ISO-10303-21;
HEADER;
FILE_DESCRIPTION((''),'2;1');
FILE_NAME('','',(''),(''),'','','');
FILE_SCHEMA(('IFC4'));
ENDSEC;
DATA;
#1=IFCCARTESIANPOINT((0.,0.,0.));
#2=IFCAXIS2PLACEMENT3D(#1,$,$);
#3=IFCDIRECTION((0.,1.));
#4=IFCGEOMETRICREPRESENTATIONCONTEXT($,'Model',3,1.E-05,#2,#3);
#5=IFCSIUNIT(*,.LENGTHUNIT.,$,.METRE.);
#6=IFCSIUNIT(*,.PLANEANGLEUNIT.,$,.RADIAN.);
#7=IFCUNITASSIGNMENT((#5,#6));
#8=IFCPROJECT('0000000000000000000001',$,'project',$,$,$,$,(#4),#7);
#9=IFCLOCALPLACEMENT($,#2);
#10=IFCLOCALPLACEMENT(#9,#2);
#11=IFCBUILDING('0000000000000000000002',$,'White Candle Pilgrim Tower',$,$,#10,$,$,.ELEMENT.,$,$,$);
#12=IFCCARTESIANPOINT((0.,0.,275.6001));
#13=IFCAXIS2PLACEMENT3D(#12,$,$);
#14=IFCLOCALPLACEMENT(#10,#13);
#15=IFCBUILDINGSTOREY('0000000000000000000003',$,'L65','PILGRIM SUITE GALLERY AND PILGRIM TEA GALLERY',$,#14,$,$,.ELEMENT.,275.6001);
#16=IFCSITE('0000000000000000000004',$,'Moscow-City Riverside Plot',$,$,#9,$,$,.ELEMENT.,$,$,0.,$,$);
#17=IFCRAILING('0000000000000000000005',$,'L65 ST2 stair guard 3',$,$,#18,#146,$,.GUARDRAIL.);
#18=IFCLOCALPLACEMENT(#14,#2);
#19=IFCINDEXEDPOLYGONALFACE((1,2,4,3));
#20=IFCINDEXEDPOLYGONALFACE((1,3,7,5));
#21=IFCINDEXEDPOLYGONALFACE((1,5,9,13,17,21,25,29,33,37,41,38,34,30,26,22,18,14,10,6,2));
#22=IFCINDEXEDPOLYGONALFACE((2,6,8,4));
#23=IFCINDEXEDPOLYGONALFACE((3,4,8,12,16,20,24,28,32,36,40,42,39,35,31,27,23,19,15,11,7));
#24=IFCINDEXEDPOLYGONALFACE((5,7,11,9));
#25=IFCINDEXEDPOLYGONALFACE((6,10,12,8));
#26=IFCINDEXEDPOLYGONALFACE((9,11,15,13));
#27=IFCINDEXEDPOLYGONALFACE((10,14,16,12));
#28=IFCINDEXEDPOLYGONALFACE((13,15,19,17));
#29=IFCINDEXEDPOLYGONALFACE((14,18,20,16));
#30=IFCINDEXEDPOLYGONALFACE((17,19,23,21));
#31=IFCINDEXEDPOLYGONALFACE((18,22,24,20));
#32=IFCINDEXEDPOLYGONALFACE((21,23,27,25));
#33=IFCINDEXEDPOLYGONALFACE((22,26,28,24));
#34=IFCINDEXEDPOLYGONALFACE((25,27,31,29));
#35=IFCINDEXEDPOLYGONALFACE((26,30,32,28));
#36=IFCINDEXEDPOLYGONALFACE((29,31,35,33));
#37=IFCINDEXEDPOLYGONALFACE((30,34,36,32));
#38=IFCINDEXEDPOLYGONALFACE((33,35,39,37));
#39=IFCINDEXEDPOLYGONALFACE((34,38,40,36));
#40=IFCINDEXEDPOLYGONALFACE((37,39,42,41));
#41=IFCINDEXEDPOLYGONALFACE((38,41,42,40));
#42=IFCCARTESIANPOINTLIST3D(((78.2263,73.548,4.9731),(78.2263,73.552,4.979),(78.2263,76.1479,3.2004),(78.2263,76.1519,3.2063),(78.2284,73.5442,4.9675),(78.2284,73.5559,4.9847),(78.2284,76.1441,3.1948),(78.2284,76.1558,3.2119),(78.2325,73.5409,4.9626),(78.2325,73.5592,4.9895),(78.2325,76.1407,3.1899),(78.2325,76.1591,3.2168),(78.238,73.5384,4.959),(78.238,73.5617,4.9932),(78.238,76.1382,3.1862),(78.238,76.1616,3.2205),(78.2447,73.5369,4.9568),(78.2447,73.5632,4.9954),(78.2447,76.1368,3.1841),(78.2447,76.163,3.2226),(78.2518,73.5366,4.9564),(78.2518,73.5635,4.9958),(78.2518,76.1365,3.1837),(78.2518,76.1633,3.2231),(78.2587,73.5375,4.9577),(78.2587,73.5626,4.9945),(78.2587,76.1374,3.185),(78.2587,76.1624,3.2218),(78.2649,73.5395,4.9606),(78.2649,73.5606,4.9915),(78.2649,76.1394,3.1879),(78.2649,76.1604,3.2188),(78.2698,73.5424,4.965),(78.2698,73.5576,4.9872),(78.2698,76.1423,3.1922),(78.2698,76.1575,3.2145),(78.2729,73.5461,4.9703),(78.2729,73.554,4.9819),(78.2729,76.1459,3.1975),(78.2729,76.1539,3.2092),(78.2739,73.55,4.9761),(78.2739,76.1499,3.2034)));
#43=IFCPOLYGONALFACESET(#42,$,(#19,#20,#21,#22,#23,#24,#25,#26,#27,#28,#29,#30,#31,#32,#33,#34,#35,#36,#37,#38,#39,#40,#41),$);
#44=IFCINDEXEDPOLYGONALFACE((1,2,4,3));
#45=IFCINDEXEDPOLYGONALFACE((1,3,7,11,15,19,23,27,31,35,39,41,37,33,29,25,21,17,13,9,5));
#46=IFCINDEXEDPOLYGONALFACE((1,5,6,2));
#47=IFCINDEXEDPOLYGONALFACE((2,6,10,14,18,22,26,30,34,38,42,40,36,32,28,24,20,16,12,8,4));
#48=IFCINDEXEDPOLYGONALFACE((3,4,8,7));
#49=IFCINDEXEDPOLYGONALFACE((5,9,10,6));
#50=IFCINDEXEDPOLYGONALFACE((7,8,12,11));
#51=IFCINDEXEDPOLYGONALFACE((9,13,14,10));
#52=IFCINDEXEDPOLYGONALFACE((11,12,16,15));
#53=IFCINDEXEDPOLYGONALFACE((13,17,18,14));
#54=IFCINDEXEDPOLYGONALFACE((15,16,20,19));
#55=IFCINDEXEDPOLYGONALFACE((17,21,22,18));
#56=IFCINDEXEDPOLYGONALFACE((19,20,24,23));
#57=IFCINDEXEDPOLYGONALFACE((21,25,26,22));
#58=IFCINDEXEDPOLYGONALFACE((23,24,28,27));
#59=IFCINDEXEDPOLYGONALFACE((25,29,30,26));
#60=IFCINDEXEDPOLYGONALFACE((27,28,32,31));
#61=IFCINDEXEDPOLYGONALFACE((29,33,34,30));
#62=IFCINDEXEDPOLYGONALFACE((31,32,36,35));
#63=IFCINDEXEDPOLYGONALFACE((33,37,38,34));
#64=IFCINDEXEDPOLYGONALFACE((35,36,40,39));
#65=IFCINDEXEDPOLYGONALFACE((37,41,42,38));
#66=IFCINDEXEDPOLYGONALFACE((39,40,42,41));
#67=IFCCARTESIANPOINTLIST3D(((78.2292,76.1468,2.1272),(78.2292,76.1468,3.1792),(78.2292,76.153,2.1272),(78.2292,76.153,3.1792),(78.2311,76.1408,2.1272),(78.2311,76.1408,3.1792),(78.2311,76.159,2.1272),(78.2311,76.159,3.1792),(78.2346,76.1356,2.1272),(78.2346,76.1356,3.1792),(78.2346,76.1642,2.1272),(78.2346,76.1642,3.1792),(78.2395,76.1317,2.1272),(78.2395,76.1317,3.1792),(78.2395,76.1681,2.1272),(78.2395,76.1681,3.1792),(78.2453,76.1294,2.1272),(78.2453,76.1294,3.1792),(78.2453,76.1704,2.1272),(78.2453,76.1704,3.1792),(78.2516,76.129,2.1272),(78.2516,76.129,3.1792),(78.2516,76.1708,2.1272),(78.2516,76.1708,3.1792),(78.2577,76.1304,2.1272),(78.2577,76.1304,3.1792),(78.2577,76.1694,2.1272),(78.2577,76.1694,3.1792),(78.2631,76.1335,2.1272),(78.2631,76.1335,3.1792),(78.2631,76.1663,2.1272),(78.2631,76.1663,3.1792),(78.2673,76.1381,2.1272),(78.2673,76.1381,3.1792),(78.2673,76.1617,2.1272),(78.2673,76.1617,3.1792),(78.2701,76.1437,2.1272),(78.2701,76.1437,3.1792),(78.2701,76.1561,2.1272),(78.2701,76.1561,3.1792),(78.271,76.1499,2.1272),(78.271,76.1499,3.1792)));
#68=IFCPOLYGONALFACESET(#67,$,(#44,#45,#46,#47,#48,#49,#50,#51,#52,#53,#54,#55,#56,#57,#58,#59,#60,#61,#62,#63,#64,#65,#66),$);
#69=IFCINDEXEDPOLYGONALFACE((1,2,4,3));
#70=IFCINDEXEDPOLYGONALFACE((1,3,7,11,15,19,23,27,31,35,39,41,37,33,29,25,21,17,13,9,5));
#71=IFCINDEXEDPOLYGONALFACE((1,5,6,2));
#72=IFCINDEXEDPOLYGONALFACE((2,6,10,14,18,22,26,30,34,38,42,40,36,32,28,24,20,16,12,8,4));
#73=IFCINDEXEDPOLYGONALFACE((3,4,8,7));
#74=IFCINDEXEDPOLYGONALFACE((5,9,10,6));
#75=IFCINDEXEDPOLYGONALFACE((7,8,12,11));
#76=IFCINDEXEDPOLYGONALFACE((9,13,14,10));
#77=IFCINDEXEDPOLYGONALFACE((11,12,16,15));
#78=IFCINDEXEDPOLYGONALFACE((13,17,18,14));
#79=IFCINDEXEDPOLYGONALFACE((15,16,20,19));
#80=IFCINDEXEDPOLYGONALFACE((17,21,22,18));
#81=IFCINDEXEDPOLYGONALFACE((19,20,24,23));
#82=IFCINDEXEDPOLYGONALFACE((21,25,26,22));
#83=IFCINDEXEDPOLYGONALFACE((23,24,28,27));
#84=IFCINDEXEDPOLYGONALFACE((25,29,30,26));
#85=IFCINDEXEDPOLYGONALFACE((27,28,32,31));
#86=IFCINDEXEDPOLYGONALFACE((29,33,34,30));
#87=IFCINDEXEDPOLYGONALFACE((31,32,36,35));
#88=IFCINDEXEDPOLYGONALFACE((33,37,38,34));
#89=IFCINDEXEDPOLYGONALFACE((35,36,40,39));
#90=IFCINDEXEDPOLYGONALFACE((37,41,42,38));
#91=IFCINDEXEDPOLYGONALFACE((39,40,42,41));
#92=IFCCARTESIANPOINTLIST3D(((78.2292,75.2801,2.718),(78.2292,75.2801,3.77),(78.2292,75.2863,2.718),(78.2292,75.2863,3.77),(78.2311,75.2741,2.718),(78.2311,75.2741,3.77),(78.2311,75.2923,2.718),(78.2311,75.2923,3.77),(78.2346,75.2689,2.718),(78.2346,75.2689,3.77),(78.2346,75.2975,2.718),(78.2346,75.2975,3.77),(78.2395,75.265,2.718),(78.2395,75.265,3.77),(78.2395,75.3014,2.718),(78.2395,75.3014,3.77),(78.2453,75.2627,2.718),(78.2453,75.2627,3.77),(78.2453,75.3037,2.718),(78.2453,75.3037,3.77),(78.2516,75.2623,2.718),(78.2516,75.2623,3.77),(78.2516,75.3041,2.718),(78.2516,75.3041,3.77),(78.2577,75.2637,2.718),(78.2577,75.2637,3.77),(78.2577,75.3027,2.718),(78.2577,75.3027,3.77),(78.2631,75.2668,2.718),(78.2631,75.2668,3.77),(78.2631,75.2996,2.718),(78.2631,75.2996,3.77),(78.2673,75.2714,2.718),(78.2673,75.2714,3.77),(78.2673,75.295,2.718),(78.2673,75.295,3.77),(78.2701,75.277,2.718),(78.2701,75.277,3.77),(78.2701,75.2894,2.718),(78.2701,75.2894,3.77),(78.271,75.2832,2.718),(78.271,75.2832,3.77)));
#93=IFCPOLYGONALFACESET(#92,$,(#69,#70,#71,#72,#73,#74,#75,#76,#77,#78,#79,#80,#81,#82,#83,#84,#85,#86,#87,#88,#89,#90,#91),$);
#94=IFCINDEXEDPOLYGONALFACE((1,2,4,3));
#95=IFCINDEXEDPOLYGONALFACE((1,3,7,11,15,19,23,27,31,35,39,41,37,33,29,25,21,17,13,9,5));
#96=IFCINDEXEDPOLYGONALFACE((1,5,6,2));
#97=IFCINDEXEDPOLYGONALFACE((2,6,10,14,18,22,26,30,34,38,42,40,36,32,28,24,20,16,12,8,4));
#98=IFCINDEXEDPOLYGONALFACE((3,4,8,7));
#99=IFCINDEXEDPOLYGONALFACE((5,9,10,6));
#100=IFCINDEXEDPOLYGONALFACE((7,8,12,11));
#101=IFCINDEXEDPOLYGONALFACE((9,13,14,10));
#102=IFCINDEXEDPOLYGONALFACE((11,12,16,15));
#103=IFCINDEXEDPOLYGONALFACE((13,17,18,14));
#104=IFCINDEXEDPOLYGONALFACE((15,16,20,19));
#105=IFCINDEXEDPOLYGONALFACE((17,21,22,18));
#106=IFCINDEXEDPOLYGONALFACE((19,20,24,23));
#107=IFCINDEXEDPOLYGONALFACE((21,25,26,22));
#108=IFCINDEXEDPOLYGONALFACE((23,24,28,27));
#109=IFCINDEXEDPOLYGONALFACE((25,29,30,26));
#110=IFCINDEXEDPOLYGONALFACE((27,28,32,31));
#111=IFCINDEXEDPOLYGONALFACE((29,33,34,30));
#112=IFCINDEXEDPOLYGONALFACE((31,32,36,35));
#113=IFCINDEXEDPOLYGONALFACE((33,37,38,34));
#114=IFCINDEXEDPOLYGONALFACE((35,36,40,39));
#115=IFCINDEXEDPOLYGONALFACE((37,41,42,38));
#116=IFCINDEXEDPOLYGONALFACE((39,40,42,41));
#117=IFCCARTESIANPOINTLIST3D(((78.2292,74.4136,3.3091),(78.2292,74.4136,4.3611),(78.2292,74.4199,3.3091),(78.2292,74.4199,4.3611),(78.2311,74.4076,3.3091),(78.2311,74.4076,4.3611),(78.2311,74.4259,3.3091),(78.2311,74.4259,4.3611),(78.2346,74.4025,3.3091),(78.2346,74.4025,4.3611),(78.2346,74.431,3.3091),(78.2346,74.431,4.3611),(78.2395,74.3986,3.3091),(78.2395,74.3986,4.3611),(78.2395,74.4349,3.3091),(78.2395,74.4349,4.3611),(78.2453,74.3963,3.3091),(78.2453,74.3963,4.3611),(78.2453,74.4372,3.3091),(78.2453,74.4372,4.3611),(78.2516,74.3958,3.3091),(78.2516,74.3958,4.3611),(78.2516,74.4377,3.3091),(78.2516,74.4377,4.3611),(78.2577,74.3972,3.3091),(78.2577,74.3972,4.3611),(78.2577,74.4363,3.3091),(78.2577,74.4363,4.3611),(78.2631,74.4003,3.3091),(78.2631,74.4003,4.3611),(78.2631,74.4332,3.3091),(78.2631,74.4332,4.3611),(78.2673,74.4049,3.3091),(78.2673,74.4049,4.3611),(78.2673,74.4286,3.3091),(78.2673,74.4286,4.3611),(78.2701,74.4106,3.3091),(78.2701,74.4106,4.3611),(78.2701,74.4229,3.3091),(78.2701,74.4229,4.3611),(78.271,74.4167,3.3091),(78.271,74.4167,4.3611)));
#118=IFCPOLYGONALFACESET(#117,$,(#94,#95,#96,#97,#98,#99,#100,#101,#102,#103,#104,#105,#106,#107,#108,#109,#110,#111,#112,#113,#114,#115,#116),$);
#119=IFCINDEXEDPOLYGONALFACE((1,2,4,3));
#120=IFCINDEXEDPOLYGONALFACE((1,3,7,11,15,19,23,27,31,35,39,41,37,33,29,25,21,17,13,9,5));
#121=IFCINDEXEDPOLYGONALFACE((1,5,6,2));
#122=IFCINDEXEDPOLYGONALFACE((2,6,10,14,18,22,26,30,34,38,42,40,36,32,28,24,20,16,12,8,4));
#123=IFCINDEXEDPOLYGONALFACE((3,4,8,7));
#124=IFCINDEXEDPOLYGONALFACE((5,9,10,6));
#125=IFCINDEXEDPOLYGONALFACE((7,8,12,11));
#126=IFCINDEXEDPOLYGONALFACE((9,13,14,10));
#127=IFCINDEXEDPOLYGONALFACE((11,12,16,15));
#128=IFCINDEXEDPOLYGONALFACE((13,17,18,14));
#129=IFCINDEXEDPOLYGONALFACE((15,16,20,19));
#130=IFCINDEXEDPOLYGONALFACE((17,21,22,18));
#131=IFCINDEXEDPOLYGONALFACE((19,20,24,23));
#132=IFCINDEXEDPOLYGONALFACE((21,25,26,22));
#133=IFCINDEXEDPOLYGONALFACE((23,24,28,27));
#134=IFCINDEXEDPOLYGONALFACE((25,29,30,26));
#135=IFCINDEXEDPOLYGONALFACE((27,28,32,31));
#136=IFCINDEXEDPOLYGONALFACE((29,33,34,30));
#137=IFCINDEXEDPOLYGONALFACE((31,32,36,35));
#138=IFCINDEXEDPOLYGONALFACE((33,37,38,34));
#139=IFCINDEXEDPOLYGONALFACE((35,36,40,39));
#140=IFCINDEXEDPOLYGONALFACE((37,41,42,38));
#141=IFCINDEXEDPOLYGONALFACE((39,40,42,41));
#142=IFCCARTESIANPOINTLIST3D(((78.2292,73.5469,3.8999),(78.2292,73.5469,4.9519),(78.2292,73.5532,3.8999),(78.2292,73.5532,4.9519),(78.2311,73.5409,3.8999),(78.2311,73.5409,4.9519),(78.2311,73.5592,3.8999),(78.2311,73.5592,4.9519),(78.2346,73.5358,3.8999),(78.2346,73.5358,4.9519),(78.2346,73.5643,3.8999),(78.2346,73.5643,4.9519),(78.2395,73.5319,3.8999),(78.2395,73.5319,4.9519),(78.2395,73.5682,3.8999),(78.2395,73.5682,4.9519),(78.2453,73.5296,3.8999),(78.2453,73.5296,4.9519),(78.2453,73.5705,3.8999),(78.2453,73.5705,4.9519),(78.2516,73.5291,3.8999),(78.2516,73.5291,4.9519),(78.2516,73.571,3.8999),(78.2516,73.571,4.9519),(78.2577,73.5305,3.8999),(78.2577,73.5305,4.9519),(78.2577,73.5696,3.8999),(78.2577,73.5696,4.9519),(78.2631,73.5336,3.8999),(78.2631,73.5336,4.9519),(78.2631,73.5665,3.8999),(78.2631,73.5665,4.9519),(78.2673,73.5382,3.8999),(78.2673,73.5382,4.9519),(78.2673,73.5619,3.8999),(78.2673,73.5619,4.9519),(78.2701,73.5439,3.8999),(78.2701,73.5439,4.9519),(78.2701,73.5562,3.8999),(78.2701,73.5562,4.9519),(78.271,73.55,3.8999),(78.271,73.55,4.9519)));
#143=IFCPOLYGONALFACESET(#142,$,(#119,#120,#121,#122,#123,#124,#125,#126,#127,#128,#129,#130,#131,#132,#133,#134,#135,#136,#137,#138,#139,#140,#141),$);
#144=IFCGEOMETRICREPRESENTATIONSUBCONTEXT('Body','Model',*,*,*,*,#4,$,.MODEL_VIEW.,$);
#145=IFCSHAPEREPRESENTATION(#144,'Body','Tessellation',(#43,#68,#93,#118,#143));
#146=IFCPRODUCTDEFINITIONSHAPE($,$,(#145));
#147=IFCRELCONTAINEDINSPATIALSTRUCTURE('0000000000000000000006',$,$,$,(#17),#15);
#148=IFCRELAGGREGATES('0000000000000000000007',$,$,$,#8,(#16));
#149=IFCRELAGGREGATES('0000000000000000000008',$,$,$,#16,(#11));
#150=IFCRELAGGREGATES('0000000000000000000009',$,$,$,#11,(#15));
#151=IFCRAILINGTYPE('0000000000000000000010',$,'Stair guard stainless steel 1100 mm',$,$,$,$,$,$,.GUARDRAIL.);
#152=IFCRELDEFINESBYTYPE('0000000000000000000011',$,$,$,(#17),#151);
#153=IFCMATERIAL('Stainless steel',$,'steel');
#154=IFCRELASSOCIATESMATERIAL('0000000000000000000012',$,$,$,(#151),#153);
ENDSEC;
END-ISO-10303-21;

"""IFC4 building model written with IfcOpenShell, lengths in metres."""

from ifc_helpers import new_model, si_unit, direction, frame, origin, origin_2d, place, context, subcontext, project, spatial, circle, extrude, material, type_object, element, save


model = new_model("IFC4")

# Units and contexts
model_context = context("Model", 3, precision=1e-05, world=origin(), true_north=direction((0.0, 1.0)))
body_context = subcontext(model_context, "Body", "Model", "MODEL_VIEW")
ifc_project = project(units=[si_unit("LENGTHUNIT", "METRE"), si_unit("PLANEANGLEUNIT", "RADIAN")], contexts=[model_context])

# Site, building, storey
site_placement = place(None, origin())
site = spatial("IfcSite", under=ifc_project, at=site_placement, Name="Moscow-City Riverside Plot", CompositionType="ELEMENT", RefElevation=0.0)
building_placement = place(site_placement, origin())
building = spatial("IfcBuilding", under=site, at=building_placement, Name="White Candle Pilgrim Tower", CompositionType="ELEMENT")
storey_placement = place(building_placement, frame((0.0, 0.0, 275.6001)))
storey = spatial("IfcBuildingStorey", under=building, at=storey_placement, Name="L65", Description="PILGRIM SUITE GALLERY AND PILGRIM TEA GALLERY", CompositionType="ELEMENT", Elevation=275.6001)

# Railing
ifc_material_1 = material(Name="Stainless steel", Category="steel")
railing_type = type_object("IfcRailingType", Name="Stair guard stainless steel 1100 mm", PredefinedType="GUARDRAIL", material=ifc_material_1)
railing_1_placement = place(storey_placement, frame((78.25, 76.1499, 2.1272)))
element("IfcRailing", 1, at=railing_1_placement, inside=storey, type_object=railing_type, Name="L65 ST2 stair guard 3", PredefinedType="GUARDRAIL", context=body_context, shape_type="SweptSolid", body=[
    extrude(circle(Radius=0.0239, at=origin_2d()), frame((0.0, 0.0, 1.0762), z_axis=(0.0, -0.826216, 0.563354), x_axis=(1.0, 0.0, 0.0)), (0.0, 0.0, 1.0), 3.1467),
    extrude(circle(Radius=0.021, at=origin_2d()), origin(), (0.0, 0.0, 1.0), 1.052),
    extrude(circle(Radius=0.021, at=origin_2d()), frame((0.0, -0.8667, 0.5908)), (0.0, 0.0, 1.0), 1.052),
    extrude(circle(Radius=0.021, at=origin_2d()), frame((0.0, -1.7332, 1.1819)), (0.0, 0.0, 1.0), 1.052),
    extrude(circle(Radius=0.021, at=origin_2d()), frame((0.0, -2.5999, 1.7727)), (0.0, 0.0, 1.0), 1.052),
])

save(model, "model.ifc")
